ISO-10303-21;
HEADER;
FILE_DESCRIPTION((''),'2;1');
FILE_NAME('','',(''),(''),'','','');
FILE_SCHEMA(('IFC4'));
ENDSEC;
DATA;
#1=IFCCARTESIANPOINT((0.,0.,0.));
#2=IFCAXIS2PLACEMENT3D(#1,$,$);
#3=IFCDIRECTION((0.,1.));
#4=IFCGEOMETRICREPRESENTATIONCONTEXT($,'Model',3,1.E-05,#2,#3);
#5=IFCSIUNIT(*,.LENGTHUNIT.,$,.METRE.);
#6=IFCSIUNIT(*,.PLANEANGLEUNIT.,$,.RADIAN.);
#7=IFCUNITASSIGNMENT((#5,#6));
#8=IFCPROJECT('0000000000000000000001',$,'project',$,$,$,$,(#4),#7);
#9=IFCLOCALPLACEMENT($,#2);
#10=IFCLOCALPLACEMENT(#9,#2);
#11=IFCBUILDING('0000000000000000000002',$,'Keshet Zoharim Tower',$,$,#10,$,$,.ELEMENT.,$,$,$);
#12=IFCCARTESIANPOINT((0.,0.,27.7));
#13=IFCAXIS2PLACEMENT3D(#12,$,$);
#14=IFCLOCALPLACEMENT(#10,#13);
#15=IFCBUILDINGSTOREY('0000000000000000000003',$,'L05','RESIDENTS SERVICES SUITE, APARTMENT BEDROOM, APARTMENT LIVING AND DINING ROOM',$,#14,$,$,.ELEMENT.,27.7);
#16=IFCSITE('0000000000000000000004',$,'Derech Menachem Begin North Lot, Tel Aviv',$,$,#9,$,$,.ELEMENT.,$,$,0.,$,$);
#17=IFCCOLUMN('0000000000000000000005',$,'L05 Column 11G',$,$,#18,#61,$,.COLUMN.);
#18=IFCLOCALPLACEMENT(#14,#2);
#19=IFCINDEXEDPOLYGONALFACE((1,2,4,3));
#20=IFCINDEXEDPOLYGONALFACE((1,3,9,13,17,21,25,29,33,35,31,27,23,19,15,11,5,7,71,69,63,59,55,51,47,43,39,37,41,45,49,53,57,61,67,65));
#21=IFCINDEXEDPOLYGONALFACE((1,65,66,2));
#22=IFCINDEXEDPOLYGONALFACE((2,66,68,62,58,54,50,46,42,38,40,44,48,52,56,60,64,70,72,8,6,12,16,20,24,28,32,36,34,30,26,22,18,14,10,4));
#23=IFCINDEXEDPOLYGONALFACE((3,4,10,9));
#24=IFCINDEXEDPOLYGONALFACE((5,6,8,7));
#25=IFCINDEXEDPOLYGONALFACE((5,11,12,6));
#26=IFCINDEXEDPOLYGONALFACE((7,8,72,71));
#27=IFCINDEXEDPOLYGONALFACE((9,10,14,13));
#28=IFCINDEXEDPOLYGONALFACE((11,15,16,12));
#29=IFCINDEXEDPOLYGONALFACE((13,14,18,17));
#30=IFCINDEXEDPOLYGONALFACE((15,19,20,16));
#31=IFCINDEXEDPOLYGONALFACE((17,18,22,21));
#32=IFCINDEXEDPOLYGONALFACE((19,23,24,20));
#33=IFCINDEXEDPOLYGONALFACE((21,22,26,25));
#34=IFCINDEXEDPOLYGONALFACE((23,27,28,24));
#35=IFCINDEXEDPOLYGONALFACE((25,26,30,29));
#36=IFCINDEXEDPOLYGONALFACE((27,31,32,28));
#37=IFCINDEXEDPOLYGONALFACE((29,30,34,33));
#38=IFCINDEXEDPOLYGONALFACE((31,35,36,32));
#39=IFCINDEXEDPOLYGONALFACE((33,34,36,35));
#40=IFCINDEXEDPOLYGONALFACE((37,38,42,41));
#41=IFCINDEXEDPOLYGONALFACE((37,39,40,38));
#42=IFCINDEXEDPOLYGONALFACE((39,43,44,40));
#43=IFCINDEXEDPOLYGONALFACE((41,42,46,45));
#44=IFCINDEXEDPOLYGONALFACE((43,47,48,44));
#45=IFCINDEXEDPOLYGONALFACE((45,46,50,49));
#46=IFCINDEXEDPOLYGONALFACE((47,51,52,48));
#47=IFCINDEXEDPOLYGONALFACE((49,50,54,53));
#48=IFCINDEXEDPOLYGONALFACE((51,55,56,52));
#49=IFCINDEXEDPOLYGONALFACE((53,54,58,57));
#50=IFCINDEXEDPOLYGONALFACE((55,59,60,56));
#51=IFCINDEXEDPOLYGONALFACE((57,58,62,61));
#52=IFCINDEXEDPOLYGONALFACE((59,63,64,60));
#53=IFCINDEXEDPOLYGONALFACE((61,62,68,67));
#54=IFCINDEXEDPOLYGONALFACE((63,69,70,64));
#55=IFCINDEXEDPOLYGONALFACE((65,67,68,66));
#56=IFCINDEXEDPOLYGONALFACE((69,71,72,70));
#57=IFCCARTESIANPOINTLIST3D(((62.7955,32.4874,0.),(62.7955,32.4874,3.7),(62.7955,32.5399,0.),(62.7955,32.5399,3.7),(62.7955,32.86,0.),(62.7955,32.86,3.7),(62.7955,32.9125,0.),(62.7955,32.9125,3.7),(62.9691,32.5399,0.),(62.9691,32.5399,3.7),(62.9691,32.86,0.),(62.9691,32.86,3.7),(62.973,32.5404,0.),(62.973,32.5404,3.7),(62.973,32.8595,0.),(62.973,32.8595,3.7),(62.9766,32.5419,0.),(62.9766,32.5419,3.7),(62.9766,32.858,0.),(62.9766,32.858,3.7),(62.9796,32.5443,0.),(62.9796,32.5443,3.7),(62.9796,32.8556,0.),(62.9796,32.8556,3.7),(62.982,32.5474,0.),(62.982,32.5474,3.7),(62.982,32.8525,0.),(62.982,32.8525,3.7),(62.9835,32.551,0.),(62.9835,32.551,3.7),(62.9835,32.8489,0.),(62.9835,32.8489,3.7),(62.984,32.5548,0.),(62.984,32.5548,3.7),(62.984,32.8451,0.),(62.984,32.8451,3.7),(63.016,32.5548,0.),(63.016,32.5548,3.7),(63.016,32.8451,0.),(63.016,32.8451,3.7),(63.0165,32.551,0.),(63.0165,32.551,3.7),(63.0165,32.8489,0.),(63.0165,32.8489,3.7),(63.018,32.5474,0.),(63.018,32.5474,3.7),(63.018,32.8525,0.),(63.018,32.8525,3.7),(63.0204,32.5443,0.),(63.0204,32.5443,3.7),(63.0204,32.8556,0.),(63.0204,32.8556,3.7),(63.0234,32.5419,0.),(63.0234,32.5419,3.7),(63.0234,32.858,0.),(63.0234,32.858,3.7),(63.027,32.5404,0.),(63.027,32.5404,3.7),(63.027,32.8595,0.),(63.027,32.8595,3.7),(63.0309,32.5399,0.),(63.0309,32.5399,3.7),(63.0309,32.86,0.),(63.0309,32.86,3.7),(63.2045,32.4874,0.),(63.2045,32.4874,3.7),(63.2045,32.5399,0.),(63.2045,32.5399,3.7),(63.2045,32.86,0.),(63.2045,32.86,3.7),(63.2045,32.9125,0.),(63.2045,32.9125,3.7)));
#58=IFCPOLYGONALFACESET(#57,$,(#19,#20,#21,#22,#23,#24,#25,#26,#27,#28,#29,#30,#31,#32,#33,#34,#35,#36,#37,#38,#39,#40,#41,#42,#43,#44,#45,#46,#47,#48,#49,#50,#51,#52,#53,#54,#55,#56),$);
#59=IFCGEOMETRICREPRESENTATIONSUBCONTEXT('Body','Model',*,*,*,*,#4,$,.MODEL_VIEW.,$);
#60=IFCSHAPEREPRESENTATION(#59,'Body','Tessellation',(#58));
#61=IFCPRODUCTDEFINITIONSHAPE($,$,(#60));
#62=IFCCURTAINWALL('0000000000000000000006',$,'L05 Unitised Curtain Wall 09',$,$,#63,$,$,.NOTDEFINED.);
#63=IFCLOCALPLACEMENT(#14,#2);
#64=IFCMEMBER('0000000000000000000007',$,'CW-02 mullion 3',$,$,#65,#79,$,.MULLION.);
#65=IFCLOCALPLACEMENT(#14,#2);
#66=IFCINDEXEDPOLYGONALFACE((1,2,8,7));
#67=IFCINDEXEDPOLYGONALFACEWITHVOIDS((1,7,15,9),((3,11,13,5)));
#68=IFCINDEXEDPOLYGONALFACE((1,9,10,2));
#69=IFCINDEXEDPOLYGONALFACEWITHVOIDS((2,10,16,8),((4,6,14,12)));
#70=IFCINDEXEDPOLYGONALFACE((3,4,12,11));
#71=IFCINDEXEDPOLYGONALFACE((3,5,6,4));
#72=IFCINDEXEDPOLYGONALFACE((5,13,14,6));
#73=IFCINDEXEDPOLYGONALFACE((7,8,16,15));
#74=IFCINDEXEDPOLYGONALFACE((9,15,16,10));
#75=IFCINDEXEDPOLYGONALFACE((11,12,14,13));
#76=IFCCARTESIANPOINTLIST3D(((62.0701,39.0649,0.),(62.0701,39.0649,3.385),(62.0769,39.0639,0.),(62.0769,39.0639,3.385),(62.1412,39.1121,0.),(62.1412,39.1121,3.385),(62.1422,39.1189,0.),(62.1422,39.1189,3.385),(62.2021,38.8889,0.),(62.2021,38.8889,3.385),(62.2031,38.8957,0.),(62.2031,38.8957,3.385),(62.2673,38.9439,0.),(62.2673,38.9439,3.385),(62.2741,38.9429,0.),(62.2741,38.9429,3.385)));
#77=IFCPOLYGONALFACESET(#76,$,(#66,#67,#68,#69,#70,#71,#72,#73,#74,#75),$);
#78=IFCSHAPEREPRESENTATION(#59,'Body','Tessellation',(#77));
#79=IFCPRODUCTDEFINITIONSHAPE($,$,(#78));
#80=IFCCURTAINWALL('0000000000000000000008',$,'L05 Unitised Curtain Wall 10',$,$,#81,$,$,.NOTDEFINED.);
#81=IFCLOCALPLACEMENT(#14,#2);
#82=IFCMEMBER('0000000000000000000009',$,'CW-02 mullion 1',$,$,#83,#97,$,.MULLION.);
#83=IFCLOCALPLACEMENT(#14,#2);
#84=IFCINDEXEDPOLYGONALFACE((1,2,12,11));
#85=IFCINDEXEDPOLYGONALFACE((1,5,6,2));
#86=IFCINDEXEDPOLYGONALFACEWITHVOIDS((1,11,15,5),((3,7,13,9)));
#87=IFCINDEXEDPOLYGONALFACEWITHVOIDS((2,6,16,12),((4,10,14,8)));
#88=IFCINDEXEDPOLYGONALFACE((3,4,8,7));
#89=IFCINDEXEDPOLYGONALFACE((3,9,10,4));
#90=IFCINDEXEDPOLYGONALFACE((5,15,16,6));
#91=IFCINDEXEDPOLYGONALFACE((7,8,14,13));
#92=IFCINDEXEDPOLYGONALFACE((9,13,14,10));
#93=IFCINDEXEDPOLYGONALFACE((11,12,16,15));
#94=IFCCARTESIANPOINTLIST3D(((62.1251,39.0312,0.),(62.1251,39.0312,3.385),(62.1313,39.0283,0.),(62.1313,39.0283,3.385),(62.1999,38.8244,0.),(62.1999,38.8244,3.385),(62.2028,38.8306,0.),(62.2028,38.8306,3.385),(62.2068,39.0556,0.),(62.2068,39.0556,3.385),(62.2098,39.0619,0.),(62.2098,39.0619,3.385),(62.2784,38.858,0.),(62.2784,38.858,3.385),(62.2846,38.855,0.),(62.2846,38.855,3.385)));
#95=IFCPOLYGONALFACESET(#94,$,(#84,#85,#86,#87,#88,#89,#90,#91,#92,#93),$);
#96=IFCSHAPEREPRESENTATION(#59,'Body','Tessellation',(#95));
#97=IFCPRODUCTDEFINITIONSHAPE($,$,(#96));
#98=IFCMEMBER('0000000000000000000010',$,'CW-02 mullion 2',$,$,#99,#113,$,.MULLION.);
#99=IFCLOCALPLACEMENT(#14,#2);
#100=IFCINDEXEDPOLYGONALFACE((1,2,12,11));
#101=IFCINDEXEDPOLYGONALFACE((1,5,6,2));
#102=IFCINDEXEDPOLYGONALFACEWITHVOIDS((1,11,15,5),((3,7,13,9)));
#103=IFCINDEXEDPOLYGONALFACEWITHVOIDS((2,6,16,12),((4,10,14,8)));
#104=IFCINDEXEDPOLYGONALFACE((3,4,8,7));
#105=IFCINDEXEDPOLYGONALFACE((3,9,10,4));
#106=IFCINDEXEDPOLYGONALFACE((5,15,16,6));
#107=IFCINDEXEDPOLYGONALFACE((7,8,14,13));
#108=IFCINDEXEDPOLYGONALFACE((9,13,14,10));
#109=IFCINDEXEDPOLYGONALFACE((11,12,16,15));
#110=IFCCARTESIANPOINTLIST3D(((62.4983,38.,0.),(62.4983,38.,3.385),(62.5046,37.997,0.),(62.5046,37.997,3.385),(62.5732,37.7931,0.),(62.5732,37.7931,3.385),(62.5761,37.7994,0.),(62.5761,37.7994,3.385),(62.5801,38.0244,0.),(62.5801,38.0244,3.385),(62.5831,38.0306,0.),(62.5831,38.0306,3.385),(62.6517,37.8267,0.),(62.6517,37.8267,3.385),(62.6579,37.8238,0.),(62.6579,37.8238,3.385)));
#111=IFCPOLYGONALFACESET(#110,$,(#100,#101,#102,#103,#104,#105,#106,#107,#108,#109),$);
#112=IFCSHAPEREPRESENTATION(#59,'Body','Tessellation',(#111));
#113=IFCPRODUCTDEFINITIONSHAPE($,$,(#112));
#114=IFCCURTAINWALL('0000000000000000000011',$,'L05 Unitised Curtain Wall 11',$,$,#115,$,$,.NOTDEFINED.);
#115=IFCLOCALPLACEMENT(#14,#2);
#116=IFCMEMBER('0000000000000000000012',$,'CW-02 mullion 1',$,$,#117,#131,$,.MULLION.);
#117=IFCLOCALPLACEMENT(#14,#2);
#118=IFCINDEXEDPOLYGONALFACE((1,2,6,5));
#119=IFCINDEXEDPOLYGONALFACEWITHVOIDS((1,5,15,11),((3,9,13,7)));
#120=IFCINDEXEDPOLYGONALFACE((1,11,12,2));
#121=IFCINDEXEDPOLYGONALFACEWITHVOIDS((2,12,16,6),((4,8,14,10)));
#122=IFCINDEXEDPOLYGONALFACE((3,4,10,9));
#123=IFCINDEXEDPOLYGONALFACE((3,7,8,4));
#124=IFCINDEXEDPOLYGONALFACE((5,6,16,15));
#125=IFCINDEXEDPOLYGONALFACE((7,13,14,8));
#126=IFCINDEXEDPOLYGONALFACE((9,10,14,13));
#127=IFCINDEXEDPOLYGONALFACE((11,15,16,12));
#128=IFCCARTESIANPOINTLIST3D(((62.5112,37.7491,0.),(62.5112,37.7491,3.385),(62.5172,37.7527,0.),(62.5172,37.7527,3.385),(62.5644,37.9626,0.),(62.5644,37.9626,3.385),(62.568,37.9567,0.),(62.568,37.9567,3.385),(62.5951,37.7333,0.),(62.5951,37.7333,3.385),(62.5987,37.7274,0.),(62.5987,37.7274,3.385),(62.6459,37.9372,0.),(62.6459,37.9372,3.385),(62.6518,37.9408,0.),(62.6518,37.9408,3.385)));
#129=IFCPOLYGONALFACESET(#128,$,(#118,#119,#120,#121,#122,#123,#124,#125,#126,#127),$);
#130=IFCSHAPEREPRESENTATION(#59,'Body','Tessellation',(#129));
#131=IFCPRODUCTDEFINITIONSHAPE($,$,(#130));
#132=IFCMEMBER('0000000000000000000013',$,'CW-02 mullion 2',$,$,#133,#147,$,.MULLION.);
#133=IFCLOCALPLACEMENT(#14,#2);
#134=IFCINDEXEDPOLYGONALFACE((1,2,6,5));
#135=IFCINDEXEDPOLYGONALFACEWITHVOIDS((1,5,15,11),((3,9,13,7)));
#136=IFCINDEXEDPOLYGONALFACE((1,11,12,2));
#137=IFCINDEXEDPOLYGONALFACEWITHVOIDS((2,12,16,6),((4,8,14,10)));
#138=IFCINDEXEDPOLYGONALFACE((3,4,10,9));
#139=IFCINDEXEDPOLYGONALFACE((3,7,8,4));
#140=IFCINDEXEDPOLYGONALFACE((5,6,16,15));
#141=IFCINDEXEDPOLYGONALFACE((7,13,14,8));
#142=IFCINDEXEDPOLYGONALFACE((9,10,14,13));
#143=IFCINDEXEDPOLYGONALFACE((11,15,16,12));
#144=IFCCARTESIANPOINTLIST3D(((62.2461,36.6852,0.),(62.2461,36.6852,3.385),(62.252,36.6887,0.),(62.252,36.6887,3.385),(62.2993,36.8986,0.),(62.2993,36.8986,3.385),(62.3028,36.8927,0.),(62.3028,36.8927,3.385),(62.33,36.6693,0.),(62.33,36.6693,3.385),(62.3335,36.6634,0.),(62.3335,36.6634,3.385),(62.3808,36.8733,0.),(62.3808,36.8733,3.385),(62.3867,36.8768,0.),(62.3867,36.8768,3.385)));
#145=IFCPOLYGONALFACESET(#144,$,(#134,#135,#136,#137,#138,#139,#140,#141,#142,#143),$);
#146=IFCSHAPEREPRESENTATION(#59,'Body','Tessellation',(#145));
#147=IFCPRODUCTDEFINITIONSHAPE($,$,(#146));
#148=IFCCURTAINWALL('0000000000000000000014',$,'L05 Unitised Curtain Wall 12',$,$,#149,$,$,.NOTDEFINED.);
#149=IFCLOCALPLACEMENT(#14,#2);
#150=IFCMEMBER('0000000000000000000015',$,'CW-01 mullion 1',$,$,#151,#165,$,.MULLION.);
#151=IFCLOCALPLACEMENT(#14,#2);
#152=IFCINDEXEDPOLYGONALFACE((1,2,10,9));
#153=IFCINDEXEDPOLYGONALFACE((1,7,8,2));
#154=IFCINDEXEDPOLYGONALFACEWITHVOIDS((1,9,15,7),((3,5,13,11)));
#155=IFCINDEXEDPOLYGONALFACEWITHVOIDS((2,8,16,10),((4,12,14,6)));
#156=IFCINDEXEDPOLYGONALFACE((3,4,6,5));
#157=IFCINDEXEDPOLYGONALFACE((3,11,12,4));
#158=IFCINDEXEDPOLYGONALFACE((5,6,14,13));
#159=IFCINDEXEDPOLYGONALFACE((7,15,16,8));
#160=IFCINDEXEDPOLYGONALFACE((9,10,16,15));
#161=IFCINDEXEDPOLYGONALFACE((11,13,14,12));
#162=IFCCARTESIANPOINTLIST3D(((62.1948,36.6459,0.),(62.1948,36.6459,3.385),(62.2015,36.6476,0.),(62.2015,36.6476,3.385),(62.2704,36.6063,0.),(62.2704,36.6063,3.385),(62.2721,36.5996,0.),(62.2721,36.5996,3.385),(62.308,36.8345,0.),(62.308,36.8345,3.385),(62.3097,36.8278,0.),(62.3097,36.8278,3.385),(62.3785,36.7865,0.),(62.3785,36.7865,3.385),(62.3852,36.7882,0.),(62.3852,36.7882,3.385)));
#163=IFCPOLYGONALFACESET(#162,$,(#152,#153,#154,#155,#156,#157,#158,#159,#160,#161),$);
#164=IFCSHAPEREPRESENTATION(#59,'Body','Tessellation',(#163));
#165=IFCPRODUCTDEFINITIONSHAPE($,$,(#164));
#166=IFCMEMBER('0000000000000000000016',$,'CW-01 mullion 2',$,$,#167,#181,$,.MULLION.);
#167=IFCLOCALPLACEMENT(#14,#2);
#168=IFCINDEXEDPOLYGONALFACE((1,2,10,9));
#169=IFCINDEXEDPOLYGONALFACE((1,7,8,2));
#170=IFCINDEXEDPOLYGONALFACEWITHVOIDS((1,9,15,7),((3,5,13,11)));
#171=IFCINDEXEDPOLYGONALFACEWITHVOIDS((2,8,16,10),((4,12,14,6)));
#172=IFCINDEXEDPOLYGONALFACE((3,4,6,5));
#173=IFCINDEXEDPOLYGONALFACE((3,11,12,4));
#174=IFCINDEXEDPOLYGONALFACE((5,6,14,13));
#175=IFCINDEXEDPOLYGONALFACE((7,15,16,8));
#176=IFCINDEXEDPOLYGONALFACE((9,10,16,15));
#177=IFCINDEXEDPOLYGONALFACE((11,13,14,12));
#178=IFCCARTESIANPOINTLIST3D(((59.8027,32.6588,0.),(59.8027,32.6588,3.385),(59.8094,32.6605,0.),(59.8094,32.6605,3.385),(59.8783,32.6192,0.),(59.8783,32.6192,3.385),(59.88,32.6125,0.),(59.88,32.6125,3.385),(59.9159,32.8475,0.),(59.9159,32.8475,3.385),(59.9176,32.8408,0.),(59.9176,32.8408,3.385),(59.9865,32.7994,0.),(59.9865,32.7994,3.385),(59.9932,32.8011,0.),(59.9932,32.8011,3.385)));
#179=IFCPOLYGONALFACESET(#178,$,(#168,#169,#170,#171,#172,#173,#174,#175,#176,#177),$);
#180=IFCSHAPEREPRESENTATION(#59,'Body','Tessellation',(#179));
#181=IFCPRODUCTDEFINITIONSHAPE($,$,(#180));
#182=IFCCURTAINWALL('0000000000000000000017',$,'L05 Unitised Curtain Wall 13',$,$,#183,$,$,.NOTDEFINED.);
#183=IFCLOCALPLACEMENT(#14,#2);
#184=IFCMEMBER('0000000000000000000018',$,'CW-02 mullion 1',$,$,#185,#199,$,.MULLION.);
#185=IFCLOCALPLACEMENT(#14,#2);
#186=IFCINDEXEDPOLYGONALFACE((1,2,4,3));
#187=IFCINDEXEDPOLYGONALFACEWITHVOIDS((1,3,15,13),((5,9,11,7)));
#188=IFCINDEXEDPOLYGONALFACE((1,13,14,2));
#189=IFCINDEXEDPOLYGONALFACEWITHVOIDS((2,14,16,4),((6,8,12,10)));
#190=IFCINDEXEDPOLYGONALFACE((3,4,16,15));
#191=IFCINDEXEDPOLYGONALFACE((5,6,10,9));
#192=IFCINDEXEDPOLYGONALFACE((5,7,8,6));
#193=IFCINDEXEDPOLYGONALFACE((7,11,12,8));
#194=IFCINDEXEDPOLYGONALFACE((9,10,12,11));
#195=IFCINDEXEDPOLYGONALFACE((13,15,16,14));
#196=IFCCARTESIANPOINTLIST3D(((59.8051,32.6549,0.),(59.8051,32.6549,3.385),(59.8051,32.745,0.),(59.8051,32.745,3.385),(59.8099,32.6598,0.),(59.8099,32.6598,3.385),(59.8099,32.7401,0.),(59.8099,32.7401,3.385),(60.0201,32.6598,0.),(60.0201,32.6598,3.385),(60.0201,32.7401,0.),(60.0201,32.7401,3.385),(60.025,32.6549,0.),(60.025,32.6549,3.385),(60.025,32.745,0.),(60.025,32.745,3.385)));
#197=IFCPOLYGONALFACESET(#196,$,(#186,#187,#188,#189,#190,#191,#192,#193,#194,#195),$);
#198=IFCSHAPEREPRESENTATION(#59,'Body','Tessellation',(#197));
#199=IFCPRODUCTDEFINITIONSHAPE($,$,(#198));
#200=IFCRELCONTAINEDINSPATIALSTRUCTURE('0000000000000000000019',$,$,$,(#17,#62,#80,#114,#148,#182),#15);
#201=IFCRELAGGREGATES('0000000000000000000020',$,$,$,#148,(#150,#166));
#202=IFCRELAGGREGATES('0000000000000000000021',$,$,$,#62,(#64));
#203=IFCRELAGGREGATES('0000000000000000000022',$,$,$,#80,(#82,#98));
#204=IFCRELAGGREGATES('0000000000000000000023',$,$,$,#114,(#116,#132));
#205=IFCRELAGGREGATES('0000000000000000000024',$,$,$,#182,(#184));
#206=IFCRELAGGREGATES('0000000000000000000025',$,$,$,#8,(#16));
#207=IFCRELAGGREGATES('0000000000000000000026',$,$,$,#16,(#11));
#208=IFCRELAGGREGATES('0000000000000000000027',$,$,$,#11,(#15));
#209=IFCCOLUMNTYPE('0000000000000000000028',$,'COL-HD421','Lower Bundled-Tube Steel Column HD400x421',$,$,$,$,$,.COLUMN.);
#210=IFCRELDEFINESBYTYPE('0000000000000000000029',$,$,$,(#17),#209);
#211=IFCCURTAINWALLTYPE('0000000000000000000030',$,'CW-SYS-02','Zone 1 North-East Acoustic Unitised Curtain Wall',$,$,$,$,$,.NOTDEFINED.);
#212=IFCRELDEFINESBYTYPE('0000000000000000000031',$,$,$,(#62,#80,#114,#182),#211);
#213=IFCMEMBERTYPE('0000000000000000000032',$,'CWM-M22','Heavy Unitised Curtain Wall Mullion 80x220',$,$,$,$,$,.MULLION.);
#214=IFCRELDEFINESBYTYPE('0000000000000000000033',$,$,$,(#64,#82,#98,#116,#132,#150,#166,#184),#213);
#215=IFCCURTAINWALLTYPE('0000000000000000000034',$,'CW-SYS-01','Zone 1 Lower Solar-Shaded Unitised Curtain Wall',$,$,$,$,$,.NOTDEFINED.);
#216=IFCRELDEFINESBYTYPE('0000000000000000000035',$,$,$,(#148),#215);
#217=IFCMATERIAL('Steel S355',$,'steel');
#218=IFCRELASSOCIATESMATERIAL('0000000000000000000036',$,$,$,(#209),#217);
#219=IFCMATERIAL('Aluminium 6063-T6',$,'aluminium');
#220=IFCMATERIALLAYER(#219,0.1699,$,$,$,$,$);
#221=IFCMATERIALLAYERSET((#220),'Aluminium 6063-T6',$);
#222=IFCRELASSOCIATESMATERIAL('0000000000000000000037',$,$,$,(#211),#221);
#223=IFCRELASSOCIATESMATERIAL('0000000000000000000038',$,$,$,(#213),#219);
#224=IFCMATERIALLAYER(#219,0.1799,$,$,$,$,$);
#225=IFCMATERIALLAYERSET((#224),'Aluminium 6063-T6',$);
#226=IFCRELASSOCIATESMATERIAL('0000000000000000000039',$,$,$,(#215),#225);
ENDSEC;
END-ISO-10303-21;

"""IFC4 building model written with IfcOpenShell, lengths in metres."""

from ifc_helpers import new_model, si_unit, direction, frame, origin, origin_2d, place, context, subcontext, project, spatial, hollow_rectangle, i_section, extrude, material, layer, layer_set, material_profile, profile_set, type_object, element, aggregate, save


model = new_model("IFC4")

# Units and contexts
model_context = context("Model", 3, precision=1e-05, world=origin(), true_north=direction((0.0, 1.0)))
body_context = subcontext(model_context, "Body", "Model", "MODEL_VIEW")
ifc_project = project(units=[si_unit("LENGTHUNIT", "METRE"), si_unit("PLANEANGLEUNIT", "RADIAN")], contexts=[model_context])

# Site, building, storey
site_placement = place(None, origin())
site = spatial("IfcSite", under=ifc_project, at=site_placement, Name="Derech Menachem Begin North Lot, Tel Aviv", CompositionType="ELEMENT", RefElevation=0.0)
building_placement = place(site_placement, origin())
building = spatial("IfcBuilding", under=site, at=building_placement, Name="Keshet Zoharim Tower", CompositionType="ELEMENT")
storey_placement = place(building_placement, frame((0.0, 0.0, 27.7)))
storey = spatial("IfcBuildingStorey", under=building, at=storey_placement, Name="L05", Description="RESIDENTS SERVICES SUITE, APARTMENT BEDROOM, APARTMENT LIVING AND DINING ROOM", CompositionType="ELEMENT", Elevation=27.7)

# Column
ifc_material_1 = material(Name="Steel S355", Category="steel")
ifc_material_profile_1 = material_profile(ifc_material_1, i_section(OverallWidth=0.4089, OverallDepth=0.425, WebThickness=0.032, FlangeThickness=0.0525, FilletRadius=0.0149, at=origin_2d()), Name="HD400x421")
ifc_profile_set_1 = profile_set([ifc_material_profile_1], Name="Steel S355")
column_type = type_object("IfcColumnType", Name="COL-HD421", Description="Lower Bundled-Tube Steel Column HD400x421", PredefinedType="COLUMN", material=ifc_profile_set_1)
column_placement = place(storey_placement, frame((63.0, 32.7, 0.0), z_axis=(0.0, 0.0, 1.0), x_axis=(1.0, 0.0, 0.0)))
element("IfcColumn", 1, at=column_placement, inside=storey, type_object=column_type, Name="L05 Column 11G", PredefinedType="COLUMN", context=body_context, shape_type="SweptSolid", body=[
    extrude(i_section(OverallWidth=0.4089, OverallDepth=0.425, WebThickness=0.032, FlangeThickness=0.0525, FilletRadius=0.0149, at=origin_2d()), origin(), (0.0, 0.0, 1.0), 3.7),
])

# Curtain wall, member
ifc_material_2 = material(Name="Aluminium 6063-T6", Category="aluminium")
ifc_layer_1 = layer(ifc_material_2, 0.1699)
ifc_layer_set_1 = layer_set([ifc_layer_1], Name="Aluminium 6063-T6")
curtain_wall_type_1 = type_object("IfcCurtainWallType", Name="CW-SYS-02", Description="Zone 1 North-East Acoustic Unitised Curtain Wall", PredefinedType="NOTDEFINED", material=ifc_layer_set_1)
curtain_wall_1_placement = place(storey_placement, origin())
curtain_wall_1 = element("IfcCurtainWall", 2, at=curtain_wall_1_placement, inside=storey, type_object=curtain_wall_type_1, Name="L05 Unitised Curtain Wall 09", PredefinedType="NOTDEFINED")
ifc_material_profile_2 = material_profile(ifc_material_2, hollow_rectangle(XDim=0.0901, YDim=0.22, WallThickness=0.0049, at=origin_2d()), Name="MUL-90x220")
ifc_profile_set_2 = profile_set([ifc_material_profile_2], Name="Aluminium 6063-T6")
member_type_1 = type_object("IfcMemberType", Name="CWM-M22", Description="Heavy Unitised Curtain Wall Mullion 80x220", PredefinedType="MULLION", material=ifc_profile_set_2)
member_1_placement = place(storey_placement, frame((62.1721, 39.0039, 0.0), z_axis=(0.0, 0.0, 1.0), x_axis=(0.8, 0.6, 0.0)))
member_1 = element("IfcMember", 3, at=member_1_placement, type_object=member_type_1, Name="CW-02 mullion 3", PredefinedType="MULLION", context=body_context, shape_type="SweptSolid", body=[
    extrude(hollow_rectangle(XDim=0.0901, YDim=0.22, WallThickness=0.0049, at=origin_2d()), origin(), (0.0, 0.0, 1.0), 3.385),
])

# Curtain walls, members
curtain_wall_2_placement = place(storey_placement, origin())
curtain_wall_2 = element("IfcCurtainWall", 4, at=curtain_wall_2_placement, inside=storey, type_object=curtain_wall_type_1, Name="L05 Unitised Curtain Wall 10", PredefinedType="NOTDEFINED")
member_2_placement = place(storey_placement, frame((62.2048, 38.9431, 0.0), z_axis=(0.0, 0.0, 1.0), x_axis=(0.940318, 0.340297, 0.0)))
member_2 = element("IfcMember", 5, at=member_2_placement, type_object=member_type_1, Name="CW-02 mullion 1", PredefinedType="MULLION", context=body_context, shape_type="SweptSolid", body=[
    extrude(hollow_rectangle(XDim=0.0901, YDim=0.22, WallThickness=0.0049, at=origin_2d()), origin(), (0.0, 0.0, 1.0), 3.385),
])
member_3_placement = place(storey_placement, frame((62.5781, 37.9119, 0.0), z_axis=(0.0, 0.0, 1.0), x_axis=(0.940318, 0.340297, 0.0)))
member_3 = element("IfcMember", 6, at=member_3_placement, type_object=member_type_1, Name="CW-02 mullion 2", PredefinedType="MULLION", context=body_context, shape_type="SweptSolid", body=[
    extrude(hollow_rectangle(XDim=0.0901, YDim=0.22, WallThickness=0.0049, at=origin_2d()), origin(), (0.0, 0.0, 1.0), 3.385),
])
curtain_wall_3_placement = place(storey_placement, origin())
curtain_wall_3 = element("IfcCurtainWall", 7, at=curtain_wall_3_placement, inside=storey, type_object=curtain_wall_type_1, Name="L05 Unitised Curtain Wall 11", PredefinedType="NOTDEFINED")
member_4_placement = place(storey_placement, frame((62.5815, 37.845, 0.0), z_axis=(0.0, 0.0, 1.0), x_axis=(0.970344, -0.241729, 0.0)))
member_4 = element("IfcMember", 8, at=member_4_placement, type_object=member_type_1, Name="CW-02 mullion 1", PredefinedType="MULLION", context=body_context, shape_type="SweptSolid", body=[
    extrude(hollow_rectangle(XDim=0.0901, YDim=0.22, WallThickness=0.0049, at=origin_2d()), origin(), (0.0, 0.0, 1.0), 3.385),
])
member_5_placement = place(storey_placement, frame((62.3164, 36.781, 0.0), z_axis=(0.0, 0.0, 1.0), x_axis=(0.970344, -0.241729, 0.0)))
member_5 = element("IfcMember", 9, at=member_5_placement, type_object=member_type_1, Name="CW-02 mullion 2", PredefinedType="MULLION", context=body_context, shape_type="SweptSolid", body=[
    extrude(hollow_rectangle(XDim=0.0901, YDim=0.22, WallThickness=0.0049, at=origin_2d()), origin(), (0.0, 0.0, 1.0), 3.385),
])
ifc_layer_2 = layer(ifc_material_2, 0.1799)
ifc_layer_set_2 = layer_set([ifc_layer_2], Name="Aluminium 6063-T6")
curtain_wall_type_2 = type_object("IfcCurtainWallType", Name="CW-SYS-01", Description="Zone 1 Lower Solar-Shaded Unitised Curtain Wall", PredefinedType="NOTDEFINED", material=ifc_layer_set_2)
curtain_wall_4_placement = place(storey_placement, origin())
curtain_wall_4 = element("IfcCurtainWall", 10, at=curtain_wall_4_placement, inside=storey, type_object=curtain_wall_type_2, Name="L05 Unitised Curtain Wall 12", PredefinedType="NOTDEFINED")
member_6_placement = place(storey_placement, frame((62.29, 36.717, 0.0), z_axis=(0.0, 0.0, 1.0), x_axis=(0.857512, -0.514465, 0.0)))
member_6 = element("IfcMember", 11, at=member_6_placement, type_object=member_type_1, Name="CW-01 mullion 1", PredefinedType="MULLION", context=body_context, shape_type="SweptSolid", body=[
    extrude(hollow_rectangle(XDim=0.0901, YDim=0.22, WallThickness=0.0049, at=origin_2d()), origin(), (0.0, 0.0, 1.0), 3.385),
])
member_7_placement = place(storey_placement, frame((59.8979, 32.73, 0.0), z_axis=(0.0, 0.0, 1.0), x_axis=(0.857512, -0.514465, 0.0)))
member_7 = element("IfcMember", 12, at=member_7_placement, type_object=member_type_1, Name="CW-01 mullion 2", PredefinedType="MULLION", context=body_context, shape_type="SweptSolid", body=[
    extrude(hollow_rectangle(XDim=0.0901, YDim=0.22, WallThickness=0.0049, at=origin_2d()), origin(), (0.0, 0.0, 1.0), 3.385),
])
curtain_wall_5_placement = place(storey_placement, origin())
curtain_wall_5 = element("IfcCurtainWall", 13, at=curtain_wall_5_placement, inside=storey, type_object=curtain_wall_type_1, Name="L05 Unitised Curtain Wall 13", PredefinedType="NOTDEFINED")
member_8_placement = place(storey_placement, frame((59.915, 32.7, 0.0), z_axis=(0.0, 0.0, 1.0), x_axis=(0.0, 1.0, 0.0)))
member_8 = element("IfcMember", 14, at=member_8_placement, type_object=member_type_1, Name="CW-02 mullion 1", PredefinedType="MULLION", context=body_context, shape_type="SweptSolid", body=[
    extrude(hollow_rectangle(XDim=0.0901, YDim=0.22, WallThickness=0.0049, at=origin_2d()), origin(), (0.0, 0.0, 1.0), 3.385),
])

aggregate(curtain_wall_4, [member_6, member_7])
aggregate(curtain_wall_1, [member_1])
aggregate(curtain_wall_2, [member_2, member_3])
aggregate(curtain_wall_3, [member_4, member_5])
aggregate(curtain_wall_5, [member_8])

save(model, "model.ifc")
